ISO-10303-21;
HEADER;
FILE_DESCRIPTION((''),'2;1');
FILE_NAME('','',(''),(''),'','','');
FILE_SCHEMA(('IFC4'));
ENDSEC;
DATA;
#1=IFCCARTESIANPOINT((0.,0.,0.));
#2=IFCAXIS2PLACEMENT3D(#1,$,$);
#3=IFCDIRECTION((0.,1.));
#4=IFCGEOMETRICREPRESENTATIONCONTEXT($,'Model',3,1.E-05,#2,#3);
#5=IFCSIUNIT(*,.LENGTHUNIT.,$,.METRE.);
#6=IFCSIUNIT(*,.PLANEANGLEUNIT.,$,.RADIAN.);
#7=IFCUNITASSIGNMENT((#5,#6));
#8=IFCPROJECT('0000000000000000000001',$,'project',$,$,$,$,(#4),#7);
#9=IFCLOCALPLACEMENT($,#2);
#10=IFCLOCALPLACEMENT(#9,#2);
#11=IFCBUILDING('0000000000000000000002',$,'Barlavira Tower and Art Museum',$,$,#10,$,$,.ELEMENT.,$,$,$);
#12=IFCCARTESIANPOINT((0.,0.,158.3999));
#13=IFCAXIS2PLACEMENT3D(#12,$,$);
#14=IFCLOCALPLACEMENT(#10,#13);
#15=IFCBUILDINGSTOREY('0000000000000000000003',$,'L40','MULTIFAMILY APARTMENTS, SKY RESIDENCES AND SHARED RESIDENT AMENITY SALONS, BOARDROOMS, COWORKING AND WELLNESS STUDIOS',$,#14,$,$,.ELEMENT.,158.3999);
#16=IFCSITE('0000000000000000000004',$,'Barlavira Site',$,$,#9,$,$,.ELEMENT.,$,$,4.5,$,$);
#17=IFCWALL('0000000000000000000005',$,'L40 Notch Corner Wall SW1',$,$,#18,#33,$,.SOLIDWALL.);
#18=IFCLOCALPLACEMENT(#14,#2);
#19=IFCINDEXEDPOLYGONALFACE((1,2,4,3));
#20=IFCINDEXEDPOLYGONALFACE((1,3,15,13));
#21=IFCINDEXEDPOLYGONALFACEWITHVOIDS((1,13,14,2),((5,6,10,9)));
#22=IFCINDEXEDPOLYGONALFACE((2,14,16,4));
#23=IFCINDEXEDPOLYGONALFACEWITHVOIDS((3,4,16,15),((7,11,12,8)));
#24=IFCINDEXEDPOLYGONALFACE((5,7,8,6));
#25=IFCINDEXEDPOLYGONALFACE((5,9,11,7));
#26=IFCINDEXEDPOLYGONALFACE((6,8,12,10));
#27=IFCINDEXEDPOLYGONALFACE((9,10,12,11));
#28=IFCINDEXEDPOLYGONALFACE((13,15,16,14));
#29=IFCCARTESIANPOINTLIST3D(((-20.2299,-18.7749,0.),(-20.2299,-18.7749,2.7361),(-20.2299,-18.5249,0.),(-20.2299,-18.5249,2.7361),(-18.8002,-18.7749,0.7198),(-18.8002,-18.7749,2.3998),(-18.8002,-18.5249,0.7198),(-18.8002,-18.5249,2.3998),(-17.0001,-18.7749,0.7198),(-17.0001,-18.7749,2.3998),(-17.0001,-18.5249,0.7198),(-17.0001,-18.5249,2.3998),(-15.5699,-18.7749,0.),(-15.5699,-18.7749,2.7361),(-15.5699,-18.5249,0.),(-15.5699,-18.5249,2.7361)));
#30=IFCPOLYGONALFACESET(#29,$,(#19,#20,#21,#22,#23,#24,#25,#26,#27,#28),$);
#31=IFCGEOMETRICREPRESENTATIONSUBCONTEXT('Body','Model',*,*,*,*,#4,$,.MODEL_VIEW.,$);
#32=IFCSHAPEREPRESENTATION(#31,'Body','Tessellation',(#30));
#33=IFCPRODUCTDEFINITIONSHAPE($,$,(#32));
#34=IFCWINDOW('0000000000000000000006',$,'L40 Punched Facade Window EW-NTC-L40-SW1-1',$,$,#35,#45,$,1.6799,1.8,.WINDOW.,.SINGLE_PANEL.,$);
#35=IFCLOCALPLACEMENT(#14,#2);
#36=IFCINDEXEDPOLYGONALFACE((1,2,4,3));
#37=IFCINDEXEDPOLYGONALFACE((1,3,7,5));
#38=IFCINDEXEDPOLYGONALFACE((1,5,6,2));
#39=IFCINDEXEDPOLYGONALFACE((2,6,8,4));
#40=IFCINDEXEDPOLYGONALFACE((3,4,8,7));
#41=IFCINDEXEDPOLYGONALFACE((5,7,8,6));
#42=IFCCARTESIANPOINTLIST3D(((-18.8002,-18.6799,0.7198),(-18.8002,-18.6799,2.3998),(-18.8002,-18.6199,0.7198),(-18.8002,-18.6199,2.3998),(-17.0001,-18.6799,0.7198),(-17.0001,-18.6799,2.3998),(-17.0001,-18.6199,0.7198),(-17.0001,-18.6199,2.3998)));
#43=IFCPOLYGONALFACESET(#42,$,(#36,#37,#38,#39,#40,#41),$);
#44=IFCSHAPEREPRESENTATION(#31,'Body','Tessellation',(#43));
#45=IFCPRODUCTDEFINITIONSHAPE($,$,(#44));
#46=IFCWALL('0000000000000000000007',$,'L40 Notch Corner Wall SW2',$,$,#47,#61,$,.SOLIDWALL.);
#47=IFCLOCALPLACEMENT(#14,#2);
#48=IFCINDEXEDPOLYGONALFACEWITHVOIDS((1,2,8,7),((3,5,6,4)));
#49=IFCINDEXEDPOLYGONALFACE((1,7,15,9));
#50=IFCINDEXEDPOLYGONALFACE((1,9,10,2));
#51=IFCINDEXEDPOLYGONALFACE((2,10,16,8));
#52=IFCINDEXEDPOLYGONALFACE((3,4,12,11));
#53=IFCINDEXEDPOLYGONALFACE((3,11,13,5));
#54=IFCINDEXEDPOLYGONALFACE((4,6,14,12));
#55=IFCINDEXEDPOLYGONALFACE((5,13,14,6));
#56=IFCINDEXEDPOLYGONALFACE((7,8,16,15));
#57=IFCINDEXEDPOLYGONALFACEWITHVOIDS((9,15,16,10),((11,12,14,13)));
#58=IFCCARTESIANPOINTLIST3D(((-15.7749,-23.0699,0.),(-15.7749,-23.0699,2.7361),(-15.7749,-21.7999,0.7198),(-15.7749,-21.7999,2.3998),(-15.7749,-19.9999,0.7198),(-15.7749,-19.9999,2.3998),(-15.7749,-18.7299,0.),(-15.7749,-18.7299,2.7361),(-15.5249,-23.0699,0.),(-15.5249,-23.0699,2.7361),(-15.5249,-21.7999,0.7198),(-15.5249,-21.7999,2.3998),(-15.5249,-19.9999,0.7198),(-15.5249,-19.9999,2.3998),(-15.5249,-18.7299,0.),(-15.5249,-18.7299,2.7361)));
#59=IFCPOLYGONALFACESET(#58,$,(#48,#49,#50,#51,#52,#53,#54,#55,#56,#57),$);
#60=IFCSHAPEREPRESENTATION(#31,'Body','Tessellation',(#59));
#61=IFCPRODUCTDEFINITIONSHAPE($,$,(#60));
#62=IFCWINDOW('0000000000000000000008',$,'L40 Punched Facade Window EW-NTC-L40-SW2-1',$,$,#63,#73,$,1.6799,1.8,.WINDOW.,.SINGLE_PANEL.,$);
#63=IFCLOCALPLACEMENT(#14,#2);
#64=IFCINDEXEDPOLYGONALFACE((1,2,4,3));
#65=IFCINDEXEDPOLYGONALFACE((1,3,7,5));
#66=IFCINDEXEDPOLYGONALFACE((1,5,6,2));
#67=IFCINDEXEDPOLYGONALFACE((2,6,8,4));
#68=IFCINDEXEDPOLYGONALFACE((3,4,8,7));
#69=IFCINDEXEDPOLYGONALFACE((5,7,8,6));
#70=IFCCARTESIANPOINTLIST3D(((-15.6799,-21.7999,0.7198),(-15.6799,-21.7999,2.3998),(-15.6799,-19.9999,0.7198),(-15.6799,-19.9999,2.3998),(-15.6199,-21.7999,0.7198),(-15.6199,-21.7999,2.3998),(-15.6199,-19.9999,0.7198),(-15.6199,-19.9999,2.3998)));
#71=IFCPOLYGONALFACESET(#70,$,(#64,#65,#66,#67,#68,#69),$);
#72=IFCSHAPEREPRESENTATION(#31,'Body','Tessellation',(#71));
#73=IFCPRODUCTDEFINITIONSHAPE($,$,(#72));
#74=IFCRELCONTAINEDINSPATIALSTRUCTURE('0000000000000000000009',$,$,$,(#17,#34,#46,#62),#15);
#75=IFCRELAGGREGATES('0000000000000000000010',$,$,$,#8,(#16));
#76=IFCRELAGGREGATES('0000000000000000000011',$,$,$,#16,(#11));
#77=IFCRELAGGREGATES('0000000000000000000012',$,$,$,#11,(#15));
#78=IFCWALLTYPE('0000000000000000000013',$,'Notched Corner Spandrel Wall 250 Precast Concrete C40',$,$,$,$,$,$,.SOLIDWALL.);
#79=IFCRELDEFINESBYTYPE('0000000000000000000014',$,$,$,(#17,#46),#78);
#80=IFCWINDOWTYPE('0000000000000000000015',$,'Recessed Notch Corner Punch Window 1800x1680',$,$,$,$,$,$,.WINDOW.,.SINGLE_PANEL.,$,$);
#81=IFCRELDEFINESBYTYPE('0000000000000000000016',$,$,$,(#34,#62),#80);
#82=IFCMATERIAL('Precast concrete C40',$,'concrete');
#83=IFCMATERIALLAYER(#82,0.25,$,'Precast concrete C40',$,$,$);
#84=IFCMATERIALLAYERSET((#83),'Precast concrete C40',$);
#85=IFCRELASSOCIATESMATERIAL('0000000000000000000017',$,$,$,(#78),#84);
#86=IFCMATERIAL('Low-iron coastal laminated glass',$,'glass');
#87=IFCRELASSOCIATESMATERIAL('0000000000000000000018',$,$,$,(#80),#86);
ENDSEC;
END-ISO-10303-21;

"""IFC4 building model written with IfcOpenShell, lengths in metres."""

from ifc_helpers import new_model, si_unit, direction, frame, frame_2d, origin, place, context, subcontext, project, spatial, rectangle, extrude, material, layer, layer_set, type_object, element, fill, save


model = new_model("IFC4")

# Units and contexts
model_context = context("Model", 3, precision=1e-05, world=origin(), true_north=direction((0.0, 1.0)))
body_context = subcontext(model_context, "Body", "Model", "MODEL_VIEW")
ifc_project = project(units=[si_unit("LENGTHUNIT", "METRE"), si_unit("PLANEANGLEUNIT", "RADIAN")], contexts=[model_context])

# Site, building, storey
site_placement = place(None, origin())
site = spatial("IfcSite", under=ifc_project, at=site_placement, Name="Barlavira Site", CompositionType="ELEMENT", RefElevation=4.5)
building_placement = place(site_placement, origin())
building = spatial("IfcBuilding", under=site, at=building_placement, Name="Barlavira Tower and Art Museum", CompositionType="ELEMENT")
storey_placement = place(building_placement, frame((0.0, 0.0, 158.3999)))
storey = spatial("IfcBuildingStorey", under=building, at=storey_placement, Name="L40", Description="MULTIFAMILY APARTMENTS, SKY RESIDENCES AND SHARED RESIDENT AMENITY SALONS, BOARDROOMS, COWORKING AND WELLNESS STUDIOS", CompositionType="ELEMENT", Elevation=158.3999)

# Walls, openings, windows
ifc_material_1 = material(Name="Precast concrete C40", Category="concrete")
ifc_layer_1 = layer(ifc_material_1, 0.25, Name="Precast concrete C40")
ifc_layer_set_1 = layer_set([ifc_layer_1], Name="Precast concrete C40")
wall_type_1 = type_object("IfcWallType", Name="Notched Corner Spandrel Wall 250 Precast Concrete C40", PredefinedType="SOLIDWALL", material=ifc_layer_set_1)
ifc_material_2 = material(Name="Low-iron coastal laminated glass", Category="glass")
window_type = type_object("IfcWindowType", Name="Recessed Notch Corner Punch Window 1800x1680", PartitioningType="SINGLE_PANEL", PredefinedType="WINDOW", material=ifc_material_2)
wall_1_placement = place(storey_placement, frame((-20.23, -18.6499, 0.0), z_axis=(0.0, 0.0, 1.0), x_axis=(1.0, 0.0, 0.0)))
wall_1 = element("IfcWall", 1, at=wall_1_placement, inside=storey, type_object=wall_type_1, Name="L40 Notch Corner Wall SW1", PredefinedType="SOLIDWALL", context=body_context, shape_type="SweptSolid", body=[
    extrude(rectangle(XDim=4.6599, YDim=0.25, at=frame_2d((2.3301, 0.0))), origin(), (0.0, 0.0, 1.0), 2.7361),
])
opening_1_placement = place(wall_1_placement, frame((1.4299, 0.0, 0.72)))
opening_1 = element("IfcOpeningElement", 2, at=opening_1_placement, cuts=wall_1, PredefinedType="OPENING", context=body_context, shape_type="SweptSolid", body=[
    extrude(rectangle(XDim=1.8, YDim=1.6799, at=frame_2d((0.8999, 0.8398))), frame((0.0, 0.135, 0.0), z_axis=(0.0, -1.0, 0.0), x_axis=(1.0, 0.0, 0.0)), (0.0, 0.0, 1.0), 0.27),
])
window_1_placement = place(opening_1_placement, origin())
window_1 = element("IfcWindow", 3, at=window_1_placement, inside=storey, type_object=window_type, Name="L40 Punched Facade Window EW-NTC-L40-SW1-1", OverallHeight=1.6799, OverallWidth=1.8, PartitioningType="SINGLE_PANEL", PredefinedType="WINDOW", context=body_context, shape_type="SweptSolid", body=[
    extrude(rectangle(XDim=1.8, YDim=1.6799, at=frame_2d((0.8999, 0.8398))), frame((0.0, 0.03, 0.0), z_axis=(0.0, -1.0, 0.0), x_axis=(1.0, 0.0, 0.0)), (0.0, 0.0, 1.0), 0.0601),
])
fill(opening_1, window_1)
wall_2_placement = place(storey_placement, frame((-15.6499, -18.73, 0.0), z_axis=(0.0, 0.0, 1.0), x_axis=(0.0, -1.0, 0.0)))
wall_2 = element("IfcWall", 4, at=wall_2_placement, inside=storey, type_object=wall_type_1, Name="L40 Notch Corner Wall SW2", PredefinedType="SOLIDWALL", context=body_context, shape_type="SweptSolid", body=[
    extrude(rectangle(XDim=4.3401, YDim=0.25, at=frame_2d((2.1699, 0.0))), origin(), (0.0, 0.0, 1.0), 2.7361),
])
opening_2_placement = place(wall_2_placement, frame((1.27, 0.0, 0.72)))
opening_2 = element("IfcOpeningElement", 5, at=opening_2_placement, cuts=wall_2, PredefinedType="OPENING", context=body_context, shape_type="SweptSolid", body=[
    extrude(rectangle(XDim=1.8, YDim=1.6799, at=frame_2d((0.8999, 0.8398))), frame((0.0, 0.135, 0.0), z_axis=(0.0, -1.0, 0.0), x_axis=(1.0, 0.0, 0.0)), (0.0, 0.0, 1.0), 0.27),
])
window_2_placement = place(opening_2_placement, origin())
window_2 = element("IfcWindow", 6, at=window_2_placement, inside=storey, type_object=window_type, Name="L40 Punched Facade Window EW-NTC-L40-SW2-1", OverallHeight=1.6799, OverallWidth=1.8, PartitioningType="SINGLE_PANEL", PredefinedType="WINDOW", context=body_context, shape_type="SweptSolid", body=[
    extrude(rectangle(XDim=1.8, YDim=1.6799, at=frame_2d((0.8999, 0.8398))), frame((0.0, 0.03, 0.0), z_axis=(0.0, -1.0, 0.0), x_axis=(1.0, 0.0, 0.0)), (0.0, 0.0, 1.0), 0.0601),
])
fill(opening_2, window_2)

save(model, "model.ifc")
